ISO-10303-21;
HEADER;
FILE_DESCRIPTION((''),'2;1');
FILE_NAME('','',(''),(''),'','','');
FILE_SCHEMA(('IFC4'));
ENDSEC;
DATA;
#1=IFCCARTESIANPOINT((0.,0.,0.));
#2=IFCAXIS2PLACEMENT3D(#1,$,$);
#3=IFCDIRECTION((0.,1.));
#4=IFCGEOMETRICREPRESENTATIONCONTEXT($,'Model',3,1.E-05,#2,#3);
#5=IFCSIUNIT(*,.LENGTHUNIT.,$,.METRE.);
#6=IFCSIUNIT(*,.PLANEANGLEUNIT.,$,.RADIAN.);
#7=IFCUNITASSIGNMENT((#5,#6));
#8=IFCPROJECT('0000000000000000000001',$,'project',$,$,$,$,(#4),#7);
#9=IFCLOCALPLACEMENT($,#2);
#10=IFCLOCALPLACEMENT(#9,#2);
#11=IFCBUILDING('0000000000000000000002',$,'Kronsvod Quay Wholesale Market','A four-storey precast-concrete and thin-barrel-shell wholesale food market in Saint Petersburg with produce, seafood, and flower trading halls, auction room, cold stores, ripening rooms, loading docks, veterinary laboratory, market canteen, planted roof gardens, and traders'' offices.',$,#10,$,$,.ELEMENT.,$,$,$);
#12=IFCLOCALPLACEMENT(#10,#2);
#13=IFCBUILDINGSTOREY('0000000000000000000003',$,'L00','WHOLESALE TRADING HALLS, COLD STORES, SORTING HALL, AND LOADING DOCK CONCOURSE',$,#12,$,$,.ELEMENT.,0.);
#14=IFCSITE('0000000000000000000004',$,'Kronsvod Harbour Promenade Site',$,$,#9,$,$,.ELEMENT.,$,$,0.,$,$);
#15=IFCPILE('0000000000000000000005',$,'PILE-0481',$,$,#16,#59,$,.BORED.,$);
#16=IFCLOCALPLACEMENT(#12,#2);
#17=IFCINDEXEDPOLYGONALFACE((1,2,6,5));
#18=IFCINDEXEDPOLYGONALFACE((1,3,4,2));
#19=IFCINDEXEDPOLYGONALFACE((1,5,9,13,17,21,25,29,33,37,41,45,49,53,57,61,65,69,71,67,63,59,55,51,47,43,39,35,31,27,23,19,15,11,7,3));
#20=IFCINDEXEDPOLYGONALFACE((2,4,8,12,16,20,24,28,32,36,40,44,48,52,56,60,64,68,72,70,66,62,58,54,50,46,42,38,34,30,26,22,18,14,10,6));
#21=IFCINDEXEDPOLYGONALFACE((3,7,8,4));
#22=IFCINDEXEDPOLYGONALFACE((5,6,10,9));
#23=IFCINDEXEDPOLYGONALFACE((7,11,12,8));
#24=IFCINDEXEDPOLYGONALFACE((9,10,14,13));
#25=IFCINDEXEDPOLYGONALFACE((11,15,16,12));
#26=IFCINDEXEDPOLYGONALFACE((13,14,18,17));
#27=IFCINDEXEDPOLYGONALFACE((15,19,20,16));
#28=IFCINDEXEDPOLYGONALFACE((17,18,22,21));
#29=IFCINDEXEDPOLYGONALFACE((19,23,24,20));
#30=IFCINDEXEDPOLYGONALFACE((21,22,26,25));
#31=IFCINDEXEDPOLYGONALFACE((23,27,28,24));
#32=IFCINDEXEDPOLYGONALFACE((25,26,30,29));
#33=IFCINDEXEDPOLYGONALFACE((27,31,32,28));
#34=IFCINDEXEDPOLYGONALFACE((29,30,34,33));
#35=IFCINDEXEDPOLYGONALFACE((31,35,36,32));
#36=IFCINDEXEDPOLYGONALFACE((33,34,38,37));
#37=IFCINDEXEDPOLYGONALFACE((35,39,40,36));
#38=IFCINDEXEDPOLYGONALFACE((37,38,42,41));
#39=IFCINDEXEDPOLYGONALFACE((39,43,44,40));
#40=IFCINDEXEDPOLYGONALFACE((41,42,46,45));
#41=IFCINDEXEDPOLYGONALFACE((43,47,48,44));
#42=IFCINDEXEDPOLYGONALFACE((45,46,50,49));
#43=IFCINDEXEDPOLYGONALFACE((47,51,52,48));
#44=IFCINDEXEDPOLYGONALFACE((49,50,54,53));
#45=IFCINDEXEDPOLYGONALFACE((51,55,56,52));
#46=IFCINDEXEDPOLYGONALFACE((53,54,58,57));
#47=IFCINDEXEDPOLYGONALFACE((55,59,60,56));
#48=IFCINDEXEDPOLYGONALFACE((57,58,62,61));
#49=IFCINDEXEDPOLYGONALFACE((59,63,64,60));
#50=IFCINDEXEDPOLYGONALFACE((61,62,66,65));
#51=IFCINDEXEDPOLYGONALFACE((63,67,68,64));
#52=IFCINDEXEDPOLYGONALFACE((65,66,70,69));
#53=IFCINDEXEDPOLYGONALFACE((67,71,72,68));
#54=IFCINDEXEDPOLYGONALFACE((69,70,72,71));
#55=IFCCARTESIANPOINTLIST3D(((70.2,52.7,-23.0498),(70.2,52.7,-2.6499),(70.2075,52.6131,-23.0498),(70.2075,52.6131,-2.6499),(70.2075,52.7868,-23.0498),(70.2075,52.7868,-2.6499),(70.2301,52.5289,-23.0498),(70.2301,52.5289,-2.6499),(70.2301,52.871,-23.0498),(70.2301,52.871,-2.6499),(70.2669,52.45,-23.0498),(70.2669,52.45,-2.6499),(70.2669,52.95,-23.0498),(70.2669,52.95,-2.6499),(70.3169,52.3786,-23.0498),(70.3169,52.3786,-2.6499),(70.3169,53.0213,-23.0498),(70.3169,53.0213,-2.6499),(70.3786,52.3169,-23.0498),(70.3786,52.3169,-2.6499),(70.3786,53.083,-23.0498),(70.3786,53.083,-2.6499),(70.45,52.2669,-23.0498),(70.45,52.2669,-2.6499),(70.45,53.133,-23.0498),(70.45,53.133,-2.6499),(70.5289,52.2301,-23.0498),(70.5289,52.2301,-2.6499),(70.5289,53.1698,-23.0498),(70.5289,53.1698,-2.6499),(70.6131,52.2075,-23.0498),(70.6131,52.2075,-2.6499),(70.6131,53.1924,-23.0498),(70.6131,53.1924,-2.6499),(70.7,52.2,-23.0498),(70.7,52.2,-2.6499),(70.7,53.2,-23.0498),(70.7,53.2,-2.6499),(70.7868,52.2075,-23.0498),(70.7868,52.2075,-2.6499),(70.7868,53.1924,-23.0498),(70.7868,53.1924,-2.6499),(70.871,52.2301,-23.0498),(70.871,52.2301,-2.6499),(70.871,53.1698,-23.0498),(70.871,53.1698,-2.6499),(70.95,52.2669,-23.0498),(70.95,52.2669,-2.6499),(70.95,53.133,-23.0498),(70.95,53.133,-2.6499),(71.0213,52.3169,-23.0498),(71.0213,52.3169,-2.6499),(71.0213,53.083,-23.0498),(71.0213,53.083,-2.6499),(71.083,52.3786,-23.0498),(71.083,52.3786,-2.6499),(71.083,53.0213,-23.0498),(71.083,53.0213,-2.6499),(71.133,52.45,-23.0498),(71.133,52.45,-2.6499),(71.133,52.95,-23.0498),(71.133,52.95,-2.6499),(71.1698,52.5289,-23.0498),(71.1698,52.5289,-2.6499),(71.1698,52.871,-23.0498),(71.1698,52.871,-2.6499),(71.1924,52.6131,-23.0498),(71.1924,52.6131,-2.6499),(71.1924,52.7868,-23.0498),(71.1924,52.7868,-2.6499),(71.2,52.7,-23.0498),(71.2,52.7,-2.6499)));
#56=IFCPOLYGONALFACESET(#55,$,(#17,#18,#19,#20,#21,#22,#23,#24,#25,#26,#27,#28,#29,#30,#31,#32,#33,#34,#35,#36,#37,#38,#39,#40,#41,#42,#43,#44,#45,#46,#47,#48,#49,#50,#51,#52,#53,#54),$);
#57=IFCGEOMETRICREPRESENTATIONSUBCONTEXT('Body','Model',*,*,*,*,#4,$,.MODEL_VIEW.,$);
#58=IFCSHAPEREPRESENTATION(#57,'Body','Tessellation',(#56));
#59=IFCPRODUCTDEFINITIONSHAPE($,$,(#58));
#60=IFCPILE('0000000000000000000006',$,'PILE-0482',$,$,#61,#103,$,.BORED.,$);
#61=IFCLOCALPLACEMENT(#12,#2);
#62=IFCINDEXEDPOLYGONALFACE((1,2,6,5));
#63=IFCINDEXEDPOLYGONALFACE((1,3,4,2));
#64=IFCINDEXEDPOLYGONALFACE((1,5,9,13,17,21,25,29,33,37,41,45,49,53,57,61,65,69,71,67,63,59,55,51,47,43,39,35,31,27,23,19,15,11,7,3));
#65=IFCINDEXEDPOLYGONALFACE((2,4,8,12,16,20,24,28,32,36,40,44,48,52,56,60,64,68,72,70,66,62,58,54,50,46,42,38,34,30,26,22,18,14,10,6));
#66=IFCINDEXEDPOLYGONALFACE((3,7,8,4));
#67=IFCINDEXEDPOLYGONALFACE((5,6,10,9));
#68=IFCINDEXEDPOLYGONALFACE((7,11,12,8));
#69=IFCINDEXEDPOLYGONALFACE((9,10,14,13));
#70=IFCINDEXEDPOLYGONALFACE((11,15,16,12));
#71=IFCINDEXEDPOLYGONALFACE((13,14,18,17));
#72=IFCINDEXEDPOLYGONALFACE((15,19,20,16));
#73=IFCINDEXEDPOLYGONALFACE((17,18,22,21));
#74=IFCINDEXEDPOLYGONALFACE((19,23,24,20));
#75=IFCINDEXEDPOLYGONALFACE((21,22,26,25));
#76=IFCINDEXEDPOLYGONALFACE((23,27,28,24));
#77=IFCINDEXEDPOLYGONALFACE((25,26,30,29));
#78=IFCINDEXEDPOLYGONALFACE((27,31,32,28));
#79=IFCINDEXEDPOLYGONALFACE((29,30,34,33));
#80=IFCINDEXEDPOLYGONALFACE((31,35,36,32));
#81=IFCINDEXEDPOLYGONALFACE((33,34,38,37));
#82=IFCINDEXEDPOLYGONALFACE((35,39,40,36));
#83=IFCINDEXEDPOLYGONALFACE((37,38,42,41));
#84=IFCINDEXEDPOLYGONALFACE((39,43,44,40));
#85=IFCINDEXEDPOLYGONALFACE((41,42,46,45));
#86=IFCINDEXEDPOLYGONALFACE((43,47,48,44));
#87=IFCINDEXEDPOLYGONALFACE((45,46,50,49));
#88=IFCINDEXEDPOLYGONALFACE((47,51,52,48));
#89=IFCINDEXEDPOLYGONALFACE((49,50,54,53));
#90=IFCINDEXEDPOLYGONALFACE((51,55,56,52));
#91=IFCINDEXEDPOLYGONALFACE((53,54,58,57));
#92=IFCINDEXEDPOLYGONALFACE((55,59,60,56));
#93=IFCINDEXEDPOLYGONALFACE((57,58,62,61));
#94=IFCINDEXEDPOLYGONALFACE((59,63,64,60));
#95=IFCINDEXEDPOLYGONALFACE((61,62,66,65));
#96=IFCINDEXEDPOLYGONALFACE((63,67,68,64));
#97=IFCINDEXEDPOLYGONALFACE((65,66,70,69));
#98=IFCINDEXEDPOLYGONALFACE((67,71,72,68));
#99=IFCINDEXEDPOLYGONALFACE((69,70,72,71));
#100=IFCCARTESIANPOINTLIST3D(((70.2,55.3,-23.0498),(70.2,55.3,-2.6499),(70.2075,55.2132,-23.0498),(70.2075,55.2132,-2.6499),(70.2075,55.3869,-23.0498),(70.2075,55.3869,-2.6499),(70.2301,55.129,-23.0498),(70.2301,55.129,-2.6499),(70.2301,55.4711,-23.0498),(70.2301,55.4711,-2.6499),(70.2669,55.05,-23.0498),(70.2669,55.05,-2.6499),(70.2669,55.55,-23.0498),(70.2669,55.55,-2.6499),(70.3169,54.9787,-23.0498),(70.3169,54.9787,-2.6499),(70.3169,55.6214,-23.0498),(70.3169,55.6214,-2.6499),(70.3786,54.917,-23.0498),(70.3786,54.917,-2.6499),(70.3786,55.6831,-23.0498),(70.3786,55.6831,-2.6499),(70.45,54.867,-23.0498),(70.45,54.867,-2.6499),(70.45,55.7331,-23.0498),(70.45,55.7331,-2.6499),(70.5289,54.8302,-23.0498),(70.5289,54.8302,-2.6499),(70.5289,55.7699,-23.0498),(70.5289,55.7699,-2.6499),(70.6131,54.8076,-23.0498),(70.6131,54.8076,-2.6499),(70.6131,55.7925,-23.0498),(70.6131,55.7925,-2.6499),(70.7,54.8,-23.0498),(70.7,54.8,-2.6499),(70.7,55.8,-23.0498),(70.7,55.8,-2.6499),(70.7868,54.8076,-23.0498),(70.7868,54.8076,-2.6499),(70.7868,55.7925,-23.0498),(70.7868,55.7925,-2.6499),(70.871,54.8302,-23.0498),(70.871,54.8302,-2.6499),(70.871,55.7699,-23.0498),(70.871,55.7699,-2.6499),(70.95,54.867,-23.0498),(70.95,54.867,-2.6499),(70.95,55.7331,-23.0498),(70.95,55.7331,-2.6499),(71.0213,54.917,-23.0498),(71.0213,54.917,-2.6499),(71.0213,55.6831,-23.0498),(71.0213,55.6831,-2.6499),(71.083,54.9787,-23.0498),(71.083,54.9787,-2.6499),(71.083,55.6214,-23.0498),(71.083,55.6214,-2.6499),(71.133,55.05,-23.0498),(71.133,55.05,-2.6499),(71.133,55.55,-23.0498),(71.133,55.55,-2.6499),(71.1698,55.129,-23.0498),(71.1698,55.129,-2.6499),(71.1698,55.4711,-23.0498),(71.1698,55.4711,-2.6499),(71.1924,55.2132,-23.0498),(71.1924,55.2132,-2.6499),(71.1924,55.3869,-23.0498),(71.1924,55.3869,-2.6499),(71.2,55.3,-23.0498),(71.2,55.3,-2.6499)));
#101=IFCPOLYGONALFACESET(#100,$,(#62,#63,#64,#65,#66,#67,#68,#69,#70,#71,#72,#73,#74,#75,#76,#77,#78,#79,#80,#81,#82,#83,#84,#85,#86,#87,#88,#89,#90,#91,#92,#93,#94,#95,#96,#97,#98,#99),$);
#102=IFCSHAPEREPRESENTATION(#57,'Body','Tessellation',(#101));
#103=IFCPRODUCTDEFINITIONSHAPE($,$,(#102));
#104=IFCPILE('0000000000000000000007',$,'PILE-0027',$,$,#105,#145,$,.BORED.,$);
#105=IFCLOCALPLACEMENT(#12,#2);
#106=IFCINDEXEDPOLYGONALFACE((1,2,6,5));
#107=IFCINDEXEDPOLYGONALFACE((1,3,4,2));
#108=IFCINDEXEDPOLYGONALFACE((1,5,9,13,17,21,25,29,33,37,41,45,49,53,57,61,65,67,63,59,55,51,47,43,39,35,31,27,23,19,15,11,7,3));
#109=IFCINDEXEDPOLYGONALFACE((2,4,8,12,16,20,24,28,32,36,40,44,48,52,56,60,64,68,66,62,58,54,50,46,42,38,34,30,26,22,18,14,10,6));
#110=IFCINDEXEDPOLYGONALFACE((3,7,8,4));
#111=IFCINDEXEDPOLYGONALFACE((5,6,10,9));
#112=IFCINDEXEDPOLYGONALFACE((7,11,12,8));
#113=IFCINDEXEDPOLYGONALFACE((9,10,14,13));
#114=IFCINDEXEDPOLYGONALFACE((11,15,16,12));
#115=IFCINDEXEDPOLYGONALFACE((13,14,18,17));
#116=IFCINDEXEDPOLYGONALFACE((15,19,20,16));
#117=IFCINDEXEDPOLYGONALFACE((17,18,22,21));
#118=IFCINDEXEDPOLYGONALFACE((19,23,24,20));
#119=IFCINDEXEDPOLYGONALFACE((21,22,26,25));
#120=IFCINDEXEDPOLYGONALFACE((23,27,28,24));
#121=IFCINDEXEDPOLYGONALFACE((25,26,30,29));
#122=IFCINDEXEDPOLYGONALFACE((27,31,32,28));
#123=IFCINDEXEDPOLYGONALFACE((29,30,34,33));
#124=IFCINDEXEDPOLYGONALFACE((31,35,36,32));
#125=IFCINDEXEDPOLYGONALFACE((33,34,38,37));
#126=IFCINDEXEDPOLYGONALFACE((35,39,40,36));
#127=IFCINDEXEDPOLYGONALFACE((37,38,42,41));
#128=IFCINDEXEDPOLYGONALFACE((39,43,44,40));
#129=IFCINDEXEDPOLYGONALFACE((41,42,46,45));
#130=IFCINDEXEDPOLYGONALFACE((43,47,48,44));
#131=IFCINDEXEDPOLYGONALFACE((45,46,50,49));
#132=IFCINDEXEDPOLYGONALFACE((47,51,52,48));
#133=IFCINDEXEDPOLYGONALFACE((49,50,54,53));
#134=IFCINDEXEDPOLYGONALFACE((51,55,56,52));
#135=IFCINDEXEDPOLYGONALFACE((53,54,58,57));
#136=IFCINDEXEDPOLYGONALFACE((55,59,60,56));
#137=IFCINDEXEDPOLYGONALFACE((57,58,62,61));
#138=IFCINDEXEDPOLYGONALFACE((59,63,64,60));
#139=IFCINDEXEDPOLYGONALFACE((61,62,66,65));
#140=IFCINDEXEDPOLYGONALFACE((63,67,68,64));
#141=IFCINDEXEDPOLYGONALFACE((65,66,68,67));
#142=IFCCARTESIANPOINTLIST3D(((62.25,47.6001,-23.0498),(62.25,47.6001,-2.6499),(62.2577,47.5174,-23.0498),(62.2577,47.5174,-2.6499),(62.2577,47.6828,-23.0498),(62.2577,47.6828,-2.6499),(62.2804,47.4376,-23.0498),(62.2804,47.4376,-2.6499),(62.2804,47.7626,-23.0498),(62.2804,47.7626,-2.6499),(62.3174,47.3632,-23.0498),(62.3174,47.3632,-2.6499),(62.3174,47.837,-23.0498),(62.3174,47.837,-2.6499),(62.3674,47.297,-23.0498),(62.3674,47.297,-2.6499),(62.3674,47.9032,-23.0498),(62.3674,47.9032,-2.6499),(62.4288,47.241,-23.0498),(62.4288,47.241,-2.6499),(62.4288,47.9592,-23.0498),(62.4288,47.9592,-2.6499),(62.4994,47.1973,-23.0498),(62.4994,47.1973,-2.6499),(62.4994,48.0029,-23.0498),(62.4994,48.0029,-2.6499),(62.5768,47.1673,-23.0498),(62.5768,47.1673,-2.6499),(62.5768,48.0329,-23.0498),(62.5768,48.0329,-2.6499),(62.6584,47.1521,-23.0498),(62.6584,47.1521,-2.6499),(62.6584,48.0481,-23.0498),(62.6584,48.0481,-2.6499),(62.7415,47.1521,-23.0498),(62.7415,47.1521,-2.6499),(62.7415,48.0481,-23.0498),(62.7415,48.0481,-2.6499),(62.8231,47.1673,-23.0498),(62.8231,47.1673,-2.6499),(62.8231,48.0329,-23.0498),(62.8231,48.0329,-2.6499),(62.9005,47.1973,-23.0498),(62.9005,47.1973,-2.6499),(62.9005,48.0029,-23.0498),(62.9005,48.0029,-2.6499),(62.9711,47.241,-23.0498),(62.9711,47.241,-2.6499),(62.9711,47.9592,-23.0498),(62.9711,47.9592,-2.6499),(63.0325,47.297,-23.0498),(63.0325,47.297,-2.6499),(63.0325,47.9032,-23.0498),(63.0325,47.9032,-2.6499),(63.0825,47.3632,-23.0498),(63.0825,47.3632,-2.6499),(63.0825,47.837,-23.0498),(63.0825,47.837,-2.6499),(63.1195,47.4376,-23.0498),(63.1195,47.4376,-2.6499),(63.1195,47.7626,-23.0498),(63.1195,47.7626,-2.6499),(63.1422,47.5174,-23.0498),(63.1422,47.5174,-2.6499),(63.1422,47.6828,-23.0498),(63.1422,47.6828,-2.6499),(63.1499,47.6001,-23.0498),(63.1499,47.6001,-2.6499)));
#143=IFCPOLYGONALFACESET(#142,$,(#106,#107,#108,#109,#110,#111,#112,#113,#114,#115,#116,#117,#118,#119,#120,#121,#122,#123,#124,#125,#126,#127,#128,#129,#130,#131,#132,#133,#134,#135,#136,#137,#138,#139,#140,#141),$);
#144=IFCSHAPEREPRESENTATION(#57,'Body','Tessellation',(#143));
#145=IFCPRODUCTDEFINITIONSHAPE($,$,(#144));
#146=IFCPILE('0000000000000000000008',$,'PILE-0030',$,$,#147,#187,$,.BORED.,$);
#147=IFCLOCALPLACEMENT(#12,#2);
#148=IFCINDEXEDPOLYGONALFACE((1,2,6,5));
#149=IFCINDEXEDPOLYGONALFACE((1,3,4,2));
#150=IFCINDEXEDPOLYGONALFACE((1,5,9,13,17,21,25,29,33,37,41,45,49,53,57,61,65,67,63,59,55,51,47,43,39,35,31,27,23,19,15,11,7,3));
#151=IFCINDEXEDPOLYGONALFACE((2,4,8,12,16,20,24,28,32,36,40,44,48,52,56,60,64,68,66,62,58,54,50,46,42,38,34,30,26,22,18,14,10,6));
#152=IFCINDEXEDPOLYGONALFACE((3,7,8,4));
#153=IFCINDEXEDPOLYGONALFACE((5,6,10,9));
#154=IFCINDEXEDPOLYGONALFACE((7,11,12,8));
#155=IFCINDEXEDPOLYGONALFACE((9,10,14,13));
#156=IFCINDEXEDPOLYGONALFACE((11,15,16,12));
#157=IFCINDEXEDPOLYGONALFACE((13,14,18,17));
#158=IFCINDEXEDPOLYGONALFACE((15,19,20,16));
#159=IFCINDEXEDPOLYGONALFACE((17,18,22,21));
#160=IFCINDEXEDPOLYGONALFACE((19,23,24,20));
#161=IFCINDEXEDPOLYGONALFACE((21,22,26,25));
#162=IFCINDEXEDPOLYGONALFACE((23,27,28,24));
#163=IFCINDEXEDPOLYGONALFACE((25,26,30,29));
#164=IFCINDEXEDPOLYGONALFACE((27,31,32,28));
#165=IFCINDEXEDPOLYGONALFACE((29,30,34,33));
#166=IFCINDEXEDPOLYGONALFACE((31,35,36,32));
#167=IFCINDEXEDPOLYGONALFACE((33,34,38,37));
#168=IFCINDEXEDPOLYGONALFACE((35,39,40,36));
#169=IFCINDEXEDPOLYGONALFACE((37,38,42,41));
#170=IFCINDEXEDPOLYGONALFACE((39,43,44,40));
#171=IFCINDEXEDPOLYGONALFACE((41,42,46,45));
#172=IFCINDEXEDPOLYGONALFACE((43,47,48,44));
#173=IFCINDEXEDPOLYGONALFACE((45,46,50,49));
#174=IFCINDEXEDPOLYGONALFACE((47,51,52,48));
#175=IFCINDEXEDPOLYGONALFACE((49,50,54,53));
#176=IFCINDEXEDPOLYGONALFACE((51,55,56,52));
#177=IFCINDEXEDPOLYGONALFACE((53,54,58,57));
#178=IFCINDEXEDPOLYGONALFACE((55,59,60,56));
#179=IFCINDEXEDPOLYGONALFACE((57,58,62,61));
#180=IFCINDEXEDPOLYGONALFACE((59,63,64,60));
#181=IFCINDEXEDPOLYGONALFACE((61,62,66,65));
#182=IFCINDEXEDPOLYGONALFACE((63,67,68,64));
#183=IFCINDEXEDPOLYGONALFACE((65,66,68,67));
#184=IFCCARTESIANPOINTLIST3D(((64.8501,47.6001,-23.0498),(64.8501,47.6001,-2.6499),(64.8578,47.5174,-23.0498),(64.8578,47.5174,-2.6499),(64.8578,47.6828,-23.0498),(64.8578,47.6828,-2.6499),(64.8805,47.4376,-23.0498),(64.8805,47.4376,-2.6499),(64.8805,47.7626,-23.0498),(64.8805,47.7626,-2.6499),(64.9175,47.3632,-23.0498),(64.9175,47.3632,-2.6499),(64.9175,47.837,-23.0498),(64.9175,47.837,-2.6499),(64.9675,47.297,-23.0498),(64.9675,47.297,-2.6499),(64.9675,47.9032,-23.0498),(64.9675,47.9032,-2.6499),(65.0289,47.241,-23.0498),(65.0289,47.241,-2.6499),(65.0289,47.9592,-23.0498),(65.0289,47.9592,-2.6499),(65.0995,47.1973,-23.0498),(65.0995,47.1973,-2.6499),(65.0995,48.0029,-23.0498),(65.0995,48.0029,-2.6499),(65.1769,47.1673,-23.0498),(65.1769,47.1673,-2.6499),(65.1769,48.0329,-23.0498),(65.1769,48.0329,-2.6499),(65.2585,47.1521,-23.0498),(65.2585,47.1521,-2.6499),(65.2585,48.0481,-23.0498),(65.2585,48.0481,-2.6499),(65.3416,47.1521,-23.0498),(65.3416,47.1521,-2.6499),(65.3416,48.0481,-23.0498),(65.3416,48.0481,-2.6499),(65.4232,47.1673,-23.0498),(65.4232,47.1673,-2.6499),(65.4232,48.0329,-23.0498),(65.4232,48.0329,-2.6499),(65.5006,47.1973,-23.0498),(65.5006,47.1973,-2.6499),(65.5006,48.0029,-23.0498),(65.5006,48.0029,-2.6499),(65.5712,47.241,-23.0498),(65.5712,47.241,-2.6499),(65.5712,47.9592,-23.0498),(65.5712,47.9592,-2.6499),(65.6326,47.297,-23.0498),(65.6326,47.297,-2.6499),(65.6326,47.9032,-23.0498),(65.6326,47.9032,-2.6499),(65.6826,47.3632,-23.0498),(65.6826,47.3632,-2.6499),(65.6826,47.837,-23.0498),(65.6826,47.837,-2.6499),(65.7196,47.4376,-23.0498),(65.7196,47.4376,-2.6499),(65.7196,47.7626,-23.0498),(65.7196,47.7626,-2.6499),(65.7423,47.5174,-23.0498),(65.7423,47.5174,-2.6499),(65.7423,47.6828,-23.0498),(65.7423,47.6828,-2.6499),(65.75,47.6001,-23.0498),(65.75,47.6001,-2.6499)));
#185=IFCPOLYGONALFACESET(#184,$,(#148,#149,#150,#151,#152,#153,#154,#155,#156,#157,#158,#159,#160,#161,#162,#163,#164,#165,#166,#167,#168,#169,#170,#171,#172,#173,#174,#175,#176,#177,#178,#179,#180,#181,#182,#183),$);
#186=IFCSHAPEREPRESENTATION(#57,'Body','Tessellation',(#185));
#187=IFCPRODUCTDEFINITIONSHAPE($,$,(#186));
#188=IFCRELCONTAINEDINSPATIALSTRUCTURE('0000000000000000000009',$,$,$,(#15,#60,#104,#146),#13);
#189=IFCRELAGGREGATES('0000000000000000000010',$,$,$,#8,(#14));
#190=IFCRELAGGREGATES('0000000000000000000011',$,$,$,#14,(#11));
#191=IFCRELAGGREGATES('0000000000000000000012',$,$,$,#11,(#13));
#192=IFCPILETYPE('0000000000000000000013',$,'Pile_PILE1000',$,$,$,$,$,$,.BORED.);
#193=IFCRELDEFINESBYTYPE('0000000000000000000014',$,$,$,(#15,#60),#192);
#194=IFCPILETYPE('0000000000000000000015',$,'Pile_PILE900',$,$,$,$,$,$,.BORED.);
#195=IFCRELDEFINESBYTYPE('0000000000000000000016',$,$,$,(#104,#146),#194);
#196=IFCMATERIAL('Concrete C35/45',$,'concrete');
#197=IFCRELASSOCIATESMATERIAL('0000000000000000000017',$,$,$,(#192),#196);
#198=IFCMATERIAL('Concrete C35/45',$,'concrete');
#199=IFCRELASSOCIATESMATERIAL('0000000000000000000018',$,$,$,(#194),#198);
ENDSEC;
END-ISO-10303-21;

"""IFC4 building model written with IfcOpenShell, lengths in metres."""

from ifc_helpers import new_model, si_unit, direction, frame, origin, origin_2d, place, context, subcontext, project, spatial, circle, extrude, material, material_profile, profile_set, type_object, element, save


model = new_model("IFC4")

# Units and contexts
model_context = context("Model", 3, precision=1e-05, world=origin(), true_north=direction((0.0, 1.0)))
body_context = subcontext(model_context, "Body", "Model", "MODEL_VIEW")
ifc_project = project(units=[si_unit("LENGTHUNIT", "METRE"), si_unit("PLANEANGLEUNIT", "RADIAN")], contexts=[model_context])

# Site, building, storey
site_placement = place(None, origin())
site = spatial("IfcSite", under=ifc_project, at=site_placement, Name="Kronsvod Harbour Promenade Site", CompositionType="ELEMENT", RefElevation=0.0)
building_placement = place(site_placement, origin())
building = spatial("IfcBuilding", under=site, at=building_placement, Name="Kronsvod Quay Wholesale Market", Description="A four-storey precast-concrete and thin-barrel-shell wholesale food market in Saint Petersburg with produce, seafood, and flower trading halls, auction room, cold stores, ripening rooms, loading docks, veterinary laboratory, market canteen, planted roof gardens, and traders' offices.", CompositionType="ELEMENT")
storey_placement = place(building_placement, origin())
storey = spatial("IfcBuildingStorey", under=building, at=storey_placement, Name="L00", Description="WHOLESALE TRADING HALLS, COLD STORES, SORTING HALL, AND LOADING DOCK CONCOURSE", CompositionType="ELEMENT", Elevation=0.0)

# Piles
ifc_material_1 = material(Name="Concrete C35/45", Category="concrete")
ifc_material_profile_1 = material_profile(ifc_material_1, circle(Radius=0.5, at=origin_2d()), Name="PILE1000")
ifc_profile_set_1 = profile_set([ifc_material_profile_1], Name="Concrete C35/45")
pile_type_1 = type_object("IfcPileType", Name="Pile_PILE1000", PredefinedType="BORED", material=ifc_profile_set_1)
for number, where, z_axis, x_axis, name in (
    (1, (70.7, 52.7, -2.6499), (0.0, 0.0, -1.0), (1.0, 0.0, 0.0), "PILE-0481"),
    (2, (70.7, 55.3, -2.6499), (0.0, 0.0, -1.0), (1.0, 0.0, 0.0), "PILE-0482"),
):
    element("IfcPile", number, at=place(storey_placement, frame(where, z_axis=z_axis, x_axis=x_axis)), inside=storey, type_object=pile_type_1, Name=name, PredefinedType="BORED", context=body_context, shape_type="SweptSolid", body=[
        extrude(circle(Radius=0.5, at=origin_2d()), origin(), (0.0, 0.0, 1.0), 20.3999),
    ])
ifc_material_2 = material(Name="Concrete C35/45", Category="concrete")
ifc_material_profile_2 = material_profile(ifc_material_2, circle(Radius=0.45, at=origin_2d()), Name="PILE900")
ifc_profile_set_2 = profile_set([ifc_material_profile_2], Name="Concrete C35/45")
pile_type_2 = type_object("IfcPileType", Name="Pile_PILE900", PredefinedType="BORED", material=ifc_profile_set_2)
for number, where, z_axis, x_axis, name in (
    (3, (62.7, 47.6001, -2.6499), (0.0, 0.0, -1.0), (1.0, 0.0, 0.0), "PILE-0027"),
    (4, (65.3, 47.6001, -2.6499), (0.0, 0.0, -1.0), (1.0, 0.0, 0.0), "PILE-0030"),
):
    element("IfcPile", number, at=place(storey_placement, frame(where, z_axis=z_axis, x_axis=x_axis)), inside=storey, type_object=pile_type_2, Name=name, PredefinedType="BORED", context=body_context, shape_type="SweptSolid", body=[
        extrude(circle(Radius=0.45, at=origin_2d()), origin(), (0.0, 0.0, 1.0), 20.3999),
    ])

save(model, "model.ifc")
